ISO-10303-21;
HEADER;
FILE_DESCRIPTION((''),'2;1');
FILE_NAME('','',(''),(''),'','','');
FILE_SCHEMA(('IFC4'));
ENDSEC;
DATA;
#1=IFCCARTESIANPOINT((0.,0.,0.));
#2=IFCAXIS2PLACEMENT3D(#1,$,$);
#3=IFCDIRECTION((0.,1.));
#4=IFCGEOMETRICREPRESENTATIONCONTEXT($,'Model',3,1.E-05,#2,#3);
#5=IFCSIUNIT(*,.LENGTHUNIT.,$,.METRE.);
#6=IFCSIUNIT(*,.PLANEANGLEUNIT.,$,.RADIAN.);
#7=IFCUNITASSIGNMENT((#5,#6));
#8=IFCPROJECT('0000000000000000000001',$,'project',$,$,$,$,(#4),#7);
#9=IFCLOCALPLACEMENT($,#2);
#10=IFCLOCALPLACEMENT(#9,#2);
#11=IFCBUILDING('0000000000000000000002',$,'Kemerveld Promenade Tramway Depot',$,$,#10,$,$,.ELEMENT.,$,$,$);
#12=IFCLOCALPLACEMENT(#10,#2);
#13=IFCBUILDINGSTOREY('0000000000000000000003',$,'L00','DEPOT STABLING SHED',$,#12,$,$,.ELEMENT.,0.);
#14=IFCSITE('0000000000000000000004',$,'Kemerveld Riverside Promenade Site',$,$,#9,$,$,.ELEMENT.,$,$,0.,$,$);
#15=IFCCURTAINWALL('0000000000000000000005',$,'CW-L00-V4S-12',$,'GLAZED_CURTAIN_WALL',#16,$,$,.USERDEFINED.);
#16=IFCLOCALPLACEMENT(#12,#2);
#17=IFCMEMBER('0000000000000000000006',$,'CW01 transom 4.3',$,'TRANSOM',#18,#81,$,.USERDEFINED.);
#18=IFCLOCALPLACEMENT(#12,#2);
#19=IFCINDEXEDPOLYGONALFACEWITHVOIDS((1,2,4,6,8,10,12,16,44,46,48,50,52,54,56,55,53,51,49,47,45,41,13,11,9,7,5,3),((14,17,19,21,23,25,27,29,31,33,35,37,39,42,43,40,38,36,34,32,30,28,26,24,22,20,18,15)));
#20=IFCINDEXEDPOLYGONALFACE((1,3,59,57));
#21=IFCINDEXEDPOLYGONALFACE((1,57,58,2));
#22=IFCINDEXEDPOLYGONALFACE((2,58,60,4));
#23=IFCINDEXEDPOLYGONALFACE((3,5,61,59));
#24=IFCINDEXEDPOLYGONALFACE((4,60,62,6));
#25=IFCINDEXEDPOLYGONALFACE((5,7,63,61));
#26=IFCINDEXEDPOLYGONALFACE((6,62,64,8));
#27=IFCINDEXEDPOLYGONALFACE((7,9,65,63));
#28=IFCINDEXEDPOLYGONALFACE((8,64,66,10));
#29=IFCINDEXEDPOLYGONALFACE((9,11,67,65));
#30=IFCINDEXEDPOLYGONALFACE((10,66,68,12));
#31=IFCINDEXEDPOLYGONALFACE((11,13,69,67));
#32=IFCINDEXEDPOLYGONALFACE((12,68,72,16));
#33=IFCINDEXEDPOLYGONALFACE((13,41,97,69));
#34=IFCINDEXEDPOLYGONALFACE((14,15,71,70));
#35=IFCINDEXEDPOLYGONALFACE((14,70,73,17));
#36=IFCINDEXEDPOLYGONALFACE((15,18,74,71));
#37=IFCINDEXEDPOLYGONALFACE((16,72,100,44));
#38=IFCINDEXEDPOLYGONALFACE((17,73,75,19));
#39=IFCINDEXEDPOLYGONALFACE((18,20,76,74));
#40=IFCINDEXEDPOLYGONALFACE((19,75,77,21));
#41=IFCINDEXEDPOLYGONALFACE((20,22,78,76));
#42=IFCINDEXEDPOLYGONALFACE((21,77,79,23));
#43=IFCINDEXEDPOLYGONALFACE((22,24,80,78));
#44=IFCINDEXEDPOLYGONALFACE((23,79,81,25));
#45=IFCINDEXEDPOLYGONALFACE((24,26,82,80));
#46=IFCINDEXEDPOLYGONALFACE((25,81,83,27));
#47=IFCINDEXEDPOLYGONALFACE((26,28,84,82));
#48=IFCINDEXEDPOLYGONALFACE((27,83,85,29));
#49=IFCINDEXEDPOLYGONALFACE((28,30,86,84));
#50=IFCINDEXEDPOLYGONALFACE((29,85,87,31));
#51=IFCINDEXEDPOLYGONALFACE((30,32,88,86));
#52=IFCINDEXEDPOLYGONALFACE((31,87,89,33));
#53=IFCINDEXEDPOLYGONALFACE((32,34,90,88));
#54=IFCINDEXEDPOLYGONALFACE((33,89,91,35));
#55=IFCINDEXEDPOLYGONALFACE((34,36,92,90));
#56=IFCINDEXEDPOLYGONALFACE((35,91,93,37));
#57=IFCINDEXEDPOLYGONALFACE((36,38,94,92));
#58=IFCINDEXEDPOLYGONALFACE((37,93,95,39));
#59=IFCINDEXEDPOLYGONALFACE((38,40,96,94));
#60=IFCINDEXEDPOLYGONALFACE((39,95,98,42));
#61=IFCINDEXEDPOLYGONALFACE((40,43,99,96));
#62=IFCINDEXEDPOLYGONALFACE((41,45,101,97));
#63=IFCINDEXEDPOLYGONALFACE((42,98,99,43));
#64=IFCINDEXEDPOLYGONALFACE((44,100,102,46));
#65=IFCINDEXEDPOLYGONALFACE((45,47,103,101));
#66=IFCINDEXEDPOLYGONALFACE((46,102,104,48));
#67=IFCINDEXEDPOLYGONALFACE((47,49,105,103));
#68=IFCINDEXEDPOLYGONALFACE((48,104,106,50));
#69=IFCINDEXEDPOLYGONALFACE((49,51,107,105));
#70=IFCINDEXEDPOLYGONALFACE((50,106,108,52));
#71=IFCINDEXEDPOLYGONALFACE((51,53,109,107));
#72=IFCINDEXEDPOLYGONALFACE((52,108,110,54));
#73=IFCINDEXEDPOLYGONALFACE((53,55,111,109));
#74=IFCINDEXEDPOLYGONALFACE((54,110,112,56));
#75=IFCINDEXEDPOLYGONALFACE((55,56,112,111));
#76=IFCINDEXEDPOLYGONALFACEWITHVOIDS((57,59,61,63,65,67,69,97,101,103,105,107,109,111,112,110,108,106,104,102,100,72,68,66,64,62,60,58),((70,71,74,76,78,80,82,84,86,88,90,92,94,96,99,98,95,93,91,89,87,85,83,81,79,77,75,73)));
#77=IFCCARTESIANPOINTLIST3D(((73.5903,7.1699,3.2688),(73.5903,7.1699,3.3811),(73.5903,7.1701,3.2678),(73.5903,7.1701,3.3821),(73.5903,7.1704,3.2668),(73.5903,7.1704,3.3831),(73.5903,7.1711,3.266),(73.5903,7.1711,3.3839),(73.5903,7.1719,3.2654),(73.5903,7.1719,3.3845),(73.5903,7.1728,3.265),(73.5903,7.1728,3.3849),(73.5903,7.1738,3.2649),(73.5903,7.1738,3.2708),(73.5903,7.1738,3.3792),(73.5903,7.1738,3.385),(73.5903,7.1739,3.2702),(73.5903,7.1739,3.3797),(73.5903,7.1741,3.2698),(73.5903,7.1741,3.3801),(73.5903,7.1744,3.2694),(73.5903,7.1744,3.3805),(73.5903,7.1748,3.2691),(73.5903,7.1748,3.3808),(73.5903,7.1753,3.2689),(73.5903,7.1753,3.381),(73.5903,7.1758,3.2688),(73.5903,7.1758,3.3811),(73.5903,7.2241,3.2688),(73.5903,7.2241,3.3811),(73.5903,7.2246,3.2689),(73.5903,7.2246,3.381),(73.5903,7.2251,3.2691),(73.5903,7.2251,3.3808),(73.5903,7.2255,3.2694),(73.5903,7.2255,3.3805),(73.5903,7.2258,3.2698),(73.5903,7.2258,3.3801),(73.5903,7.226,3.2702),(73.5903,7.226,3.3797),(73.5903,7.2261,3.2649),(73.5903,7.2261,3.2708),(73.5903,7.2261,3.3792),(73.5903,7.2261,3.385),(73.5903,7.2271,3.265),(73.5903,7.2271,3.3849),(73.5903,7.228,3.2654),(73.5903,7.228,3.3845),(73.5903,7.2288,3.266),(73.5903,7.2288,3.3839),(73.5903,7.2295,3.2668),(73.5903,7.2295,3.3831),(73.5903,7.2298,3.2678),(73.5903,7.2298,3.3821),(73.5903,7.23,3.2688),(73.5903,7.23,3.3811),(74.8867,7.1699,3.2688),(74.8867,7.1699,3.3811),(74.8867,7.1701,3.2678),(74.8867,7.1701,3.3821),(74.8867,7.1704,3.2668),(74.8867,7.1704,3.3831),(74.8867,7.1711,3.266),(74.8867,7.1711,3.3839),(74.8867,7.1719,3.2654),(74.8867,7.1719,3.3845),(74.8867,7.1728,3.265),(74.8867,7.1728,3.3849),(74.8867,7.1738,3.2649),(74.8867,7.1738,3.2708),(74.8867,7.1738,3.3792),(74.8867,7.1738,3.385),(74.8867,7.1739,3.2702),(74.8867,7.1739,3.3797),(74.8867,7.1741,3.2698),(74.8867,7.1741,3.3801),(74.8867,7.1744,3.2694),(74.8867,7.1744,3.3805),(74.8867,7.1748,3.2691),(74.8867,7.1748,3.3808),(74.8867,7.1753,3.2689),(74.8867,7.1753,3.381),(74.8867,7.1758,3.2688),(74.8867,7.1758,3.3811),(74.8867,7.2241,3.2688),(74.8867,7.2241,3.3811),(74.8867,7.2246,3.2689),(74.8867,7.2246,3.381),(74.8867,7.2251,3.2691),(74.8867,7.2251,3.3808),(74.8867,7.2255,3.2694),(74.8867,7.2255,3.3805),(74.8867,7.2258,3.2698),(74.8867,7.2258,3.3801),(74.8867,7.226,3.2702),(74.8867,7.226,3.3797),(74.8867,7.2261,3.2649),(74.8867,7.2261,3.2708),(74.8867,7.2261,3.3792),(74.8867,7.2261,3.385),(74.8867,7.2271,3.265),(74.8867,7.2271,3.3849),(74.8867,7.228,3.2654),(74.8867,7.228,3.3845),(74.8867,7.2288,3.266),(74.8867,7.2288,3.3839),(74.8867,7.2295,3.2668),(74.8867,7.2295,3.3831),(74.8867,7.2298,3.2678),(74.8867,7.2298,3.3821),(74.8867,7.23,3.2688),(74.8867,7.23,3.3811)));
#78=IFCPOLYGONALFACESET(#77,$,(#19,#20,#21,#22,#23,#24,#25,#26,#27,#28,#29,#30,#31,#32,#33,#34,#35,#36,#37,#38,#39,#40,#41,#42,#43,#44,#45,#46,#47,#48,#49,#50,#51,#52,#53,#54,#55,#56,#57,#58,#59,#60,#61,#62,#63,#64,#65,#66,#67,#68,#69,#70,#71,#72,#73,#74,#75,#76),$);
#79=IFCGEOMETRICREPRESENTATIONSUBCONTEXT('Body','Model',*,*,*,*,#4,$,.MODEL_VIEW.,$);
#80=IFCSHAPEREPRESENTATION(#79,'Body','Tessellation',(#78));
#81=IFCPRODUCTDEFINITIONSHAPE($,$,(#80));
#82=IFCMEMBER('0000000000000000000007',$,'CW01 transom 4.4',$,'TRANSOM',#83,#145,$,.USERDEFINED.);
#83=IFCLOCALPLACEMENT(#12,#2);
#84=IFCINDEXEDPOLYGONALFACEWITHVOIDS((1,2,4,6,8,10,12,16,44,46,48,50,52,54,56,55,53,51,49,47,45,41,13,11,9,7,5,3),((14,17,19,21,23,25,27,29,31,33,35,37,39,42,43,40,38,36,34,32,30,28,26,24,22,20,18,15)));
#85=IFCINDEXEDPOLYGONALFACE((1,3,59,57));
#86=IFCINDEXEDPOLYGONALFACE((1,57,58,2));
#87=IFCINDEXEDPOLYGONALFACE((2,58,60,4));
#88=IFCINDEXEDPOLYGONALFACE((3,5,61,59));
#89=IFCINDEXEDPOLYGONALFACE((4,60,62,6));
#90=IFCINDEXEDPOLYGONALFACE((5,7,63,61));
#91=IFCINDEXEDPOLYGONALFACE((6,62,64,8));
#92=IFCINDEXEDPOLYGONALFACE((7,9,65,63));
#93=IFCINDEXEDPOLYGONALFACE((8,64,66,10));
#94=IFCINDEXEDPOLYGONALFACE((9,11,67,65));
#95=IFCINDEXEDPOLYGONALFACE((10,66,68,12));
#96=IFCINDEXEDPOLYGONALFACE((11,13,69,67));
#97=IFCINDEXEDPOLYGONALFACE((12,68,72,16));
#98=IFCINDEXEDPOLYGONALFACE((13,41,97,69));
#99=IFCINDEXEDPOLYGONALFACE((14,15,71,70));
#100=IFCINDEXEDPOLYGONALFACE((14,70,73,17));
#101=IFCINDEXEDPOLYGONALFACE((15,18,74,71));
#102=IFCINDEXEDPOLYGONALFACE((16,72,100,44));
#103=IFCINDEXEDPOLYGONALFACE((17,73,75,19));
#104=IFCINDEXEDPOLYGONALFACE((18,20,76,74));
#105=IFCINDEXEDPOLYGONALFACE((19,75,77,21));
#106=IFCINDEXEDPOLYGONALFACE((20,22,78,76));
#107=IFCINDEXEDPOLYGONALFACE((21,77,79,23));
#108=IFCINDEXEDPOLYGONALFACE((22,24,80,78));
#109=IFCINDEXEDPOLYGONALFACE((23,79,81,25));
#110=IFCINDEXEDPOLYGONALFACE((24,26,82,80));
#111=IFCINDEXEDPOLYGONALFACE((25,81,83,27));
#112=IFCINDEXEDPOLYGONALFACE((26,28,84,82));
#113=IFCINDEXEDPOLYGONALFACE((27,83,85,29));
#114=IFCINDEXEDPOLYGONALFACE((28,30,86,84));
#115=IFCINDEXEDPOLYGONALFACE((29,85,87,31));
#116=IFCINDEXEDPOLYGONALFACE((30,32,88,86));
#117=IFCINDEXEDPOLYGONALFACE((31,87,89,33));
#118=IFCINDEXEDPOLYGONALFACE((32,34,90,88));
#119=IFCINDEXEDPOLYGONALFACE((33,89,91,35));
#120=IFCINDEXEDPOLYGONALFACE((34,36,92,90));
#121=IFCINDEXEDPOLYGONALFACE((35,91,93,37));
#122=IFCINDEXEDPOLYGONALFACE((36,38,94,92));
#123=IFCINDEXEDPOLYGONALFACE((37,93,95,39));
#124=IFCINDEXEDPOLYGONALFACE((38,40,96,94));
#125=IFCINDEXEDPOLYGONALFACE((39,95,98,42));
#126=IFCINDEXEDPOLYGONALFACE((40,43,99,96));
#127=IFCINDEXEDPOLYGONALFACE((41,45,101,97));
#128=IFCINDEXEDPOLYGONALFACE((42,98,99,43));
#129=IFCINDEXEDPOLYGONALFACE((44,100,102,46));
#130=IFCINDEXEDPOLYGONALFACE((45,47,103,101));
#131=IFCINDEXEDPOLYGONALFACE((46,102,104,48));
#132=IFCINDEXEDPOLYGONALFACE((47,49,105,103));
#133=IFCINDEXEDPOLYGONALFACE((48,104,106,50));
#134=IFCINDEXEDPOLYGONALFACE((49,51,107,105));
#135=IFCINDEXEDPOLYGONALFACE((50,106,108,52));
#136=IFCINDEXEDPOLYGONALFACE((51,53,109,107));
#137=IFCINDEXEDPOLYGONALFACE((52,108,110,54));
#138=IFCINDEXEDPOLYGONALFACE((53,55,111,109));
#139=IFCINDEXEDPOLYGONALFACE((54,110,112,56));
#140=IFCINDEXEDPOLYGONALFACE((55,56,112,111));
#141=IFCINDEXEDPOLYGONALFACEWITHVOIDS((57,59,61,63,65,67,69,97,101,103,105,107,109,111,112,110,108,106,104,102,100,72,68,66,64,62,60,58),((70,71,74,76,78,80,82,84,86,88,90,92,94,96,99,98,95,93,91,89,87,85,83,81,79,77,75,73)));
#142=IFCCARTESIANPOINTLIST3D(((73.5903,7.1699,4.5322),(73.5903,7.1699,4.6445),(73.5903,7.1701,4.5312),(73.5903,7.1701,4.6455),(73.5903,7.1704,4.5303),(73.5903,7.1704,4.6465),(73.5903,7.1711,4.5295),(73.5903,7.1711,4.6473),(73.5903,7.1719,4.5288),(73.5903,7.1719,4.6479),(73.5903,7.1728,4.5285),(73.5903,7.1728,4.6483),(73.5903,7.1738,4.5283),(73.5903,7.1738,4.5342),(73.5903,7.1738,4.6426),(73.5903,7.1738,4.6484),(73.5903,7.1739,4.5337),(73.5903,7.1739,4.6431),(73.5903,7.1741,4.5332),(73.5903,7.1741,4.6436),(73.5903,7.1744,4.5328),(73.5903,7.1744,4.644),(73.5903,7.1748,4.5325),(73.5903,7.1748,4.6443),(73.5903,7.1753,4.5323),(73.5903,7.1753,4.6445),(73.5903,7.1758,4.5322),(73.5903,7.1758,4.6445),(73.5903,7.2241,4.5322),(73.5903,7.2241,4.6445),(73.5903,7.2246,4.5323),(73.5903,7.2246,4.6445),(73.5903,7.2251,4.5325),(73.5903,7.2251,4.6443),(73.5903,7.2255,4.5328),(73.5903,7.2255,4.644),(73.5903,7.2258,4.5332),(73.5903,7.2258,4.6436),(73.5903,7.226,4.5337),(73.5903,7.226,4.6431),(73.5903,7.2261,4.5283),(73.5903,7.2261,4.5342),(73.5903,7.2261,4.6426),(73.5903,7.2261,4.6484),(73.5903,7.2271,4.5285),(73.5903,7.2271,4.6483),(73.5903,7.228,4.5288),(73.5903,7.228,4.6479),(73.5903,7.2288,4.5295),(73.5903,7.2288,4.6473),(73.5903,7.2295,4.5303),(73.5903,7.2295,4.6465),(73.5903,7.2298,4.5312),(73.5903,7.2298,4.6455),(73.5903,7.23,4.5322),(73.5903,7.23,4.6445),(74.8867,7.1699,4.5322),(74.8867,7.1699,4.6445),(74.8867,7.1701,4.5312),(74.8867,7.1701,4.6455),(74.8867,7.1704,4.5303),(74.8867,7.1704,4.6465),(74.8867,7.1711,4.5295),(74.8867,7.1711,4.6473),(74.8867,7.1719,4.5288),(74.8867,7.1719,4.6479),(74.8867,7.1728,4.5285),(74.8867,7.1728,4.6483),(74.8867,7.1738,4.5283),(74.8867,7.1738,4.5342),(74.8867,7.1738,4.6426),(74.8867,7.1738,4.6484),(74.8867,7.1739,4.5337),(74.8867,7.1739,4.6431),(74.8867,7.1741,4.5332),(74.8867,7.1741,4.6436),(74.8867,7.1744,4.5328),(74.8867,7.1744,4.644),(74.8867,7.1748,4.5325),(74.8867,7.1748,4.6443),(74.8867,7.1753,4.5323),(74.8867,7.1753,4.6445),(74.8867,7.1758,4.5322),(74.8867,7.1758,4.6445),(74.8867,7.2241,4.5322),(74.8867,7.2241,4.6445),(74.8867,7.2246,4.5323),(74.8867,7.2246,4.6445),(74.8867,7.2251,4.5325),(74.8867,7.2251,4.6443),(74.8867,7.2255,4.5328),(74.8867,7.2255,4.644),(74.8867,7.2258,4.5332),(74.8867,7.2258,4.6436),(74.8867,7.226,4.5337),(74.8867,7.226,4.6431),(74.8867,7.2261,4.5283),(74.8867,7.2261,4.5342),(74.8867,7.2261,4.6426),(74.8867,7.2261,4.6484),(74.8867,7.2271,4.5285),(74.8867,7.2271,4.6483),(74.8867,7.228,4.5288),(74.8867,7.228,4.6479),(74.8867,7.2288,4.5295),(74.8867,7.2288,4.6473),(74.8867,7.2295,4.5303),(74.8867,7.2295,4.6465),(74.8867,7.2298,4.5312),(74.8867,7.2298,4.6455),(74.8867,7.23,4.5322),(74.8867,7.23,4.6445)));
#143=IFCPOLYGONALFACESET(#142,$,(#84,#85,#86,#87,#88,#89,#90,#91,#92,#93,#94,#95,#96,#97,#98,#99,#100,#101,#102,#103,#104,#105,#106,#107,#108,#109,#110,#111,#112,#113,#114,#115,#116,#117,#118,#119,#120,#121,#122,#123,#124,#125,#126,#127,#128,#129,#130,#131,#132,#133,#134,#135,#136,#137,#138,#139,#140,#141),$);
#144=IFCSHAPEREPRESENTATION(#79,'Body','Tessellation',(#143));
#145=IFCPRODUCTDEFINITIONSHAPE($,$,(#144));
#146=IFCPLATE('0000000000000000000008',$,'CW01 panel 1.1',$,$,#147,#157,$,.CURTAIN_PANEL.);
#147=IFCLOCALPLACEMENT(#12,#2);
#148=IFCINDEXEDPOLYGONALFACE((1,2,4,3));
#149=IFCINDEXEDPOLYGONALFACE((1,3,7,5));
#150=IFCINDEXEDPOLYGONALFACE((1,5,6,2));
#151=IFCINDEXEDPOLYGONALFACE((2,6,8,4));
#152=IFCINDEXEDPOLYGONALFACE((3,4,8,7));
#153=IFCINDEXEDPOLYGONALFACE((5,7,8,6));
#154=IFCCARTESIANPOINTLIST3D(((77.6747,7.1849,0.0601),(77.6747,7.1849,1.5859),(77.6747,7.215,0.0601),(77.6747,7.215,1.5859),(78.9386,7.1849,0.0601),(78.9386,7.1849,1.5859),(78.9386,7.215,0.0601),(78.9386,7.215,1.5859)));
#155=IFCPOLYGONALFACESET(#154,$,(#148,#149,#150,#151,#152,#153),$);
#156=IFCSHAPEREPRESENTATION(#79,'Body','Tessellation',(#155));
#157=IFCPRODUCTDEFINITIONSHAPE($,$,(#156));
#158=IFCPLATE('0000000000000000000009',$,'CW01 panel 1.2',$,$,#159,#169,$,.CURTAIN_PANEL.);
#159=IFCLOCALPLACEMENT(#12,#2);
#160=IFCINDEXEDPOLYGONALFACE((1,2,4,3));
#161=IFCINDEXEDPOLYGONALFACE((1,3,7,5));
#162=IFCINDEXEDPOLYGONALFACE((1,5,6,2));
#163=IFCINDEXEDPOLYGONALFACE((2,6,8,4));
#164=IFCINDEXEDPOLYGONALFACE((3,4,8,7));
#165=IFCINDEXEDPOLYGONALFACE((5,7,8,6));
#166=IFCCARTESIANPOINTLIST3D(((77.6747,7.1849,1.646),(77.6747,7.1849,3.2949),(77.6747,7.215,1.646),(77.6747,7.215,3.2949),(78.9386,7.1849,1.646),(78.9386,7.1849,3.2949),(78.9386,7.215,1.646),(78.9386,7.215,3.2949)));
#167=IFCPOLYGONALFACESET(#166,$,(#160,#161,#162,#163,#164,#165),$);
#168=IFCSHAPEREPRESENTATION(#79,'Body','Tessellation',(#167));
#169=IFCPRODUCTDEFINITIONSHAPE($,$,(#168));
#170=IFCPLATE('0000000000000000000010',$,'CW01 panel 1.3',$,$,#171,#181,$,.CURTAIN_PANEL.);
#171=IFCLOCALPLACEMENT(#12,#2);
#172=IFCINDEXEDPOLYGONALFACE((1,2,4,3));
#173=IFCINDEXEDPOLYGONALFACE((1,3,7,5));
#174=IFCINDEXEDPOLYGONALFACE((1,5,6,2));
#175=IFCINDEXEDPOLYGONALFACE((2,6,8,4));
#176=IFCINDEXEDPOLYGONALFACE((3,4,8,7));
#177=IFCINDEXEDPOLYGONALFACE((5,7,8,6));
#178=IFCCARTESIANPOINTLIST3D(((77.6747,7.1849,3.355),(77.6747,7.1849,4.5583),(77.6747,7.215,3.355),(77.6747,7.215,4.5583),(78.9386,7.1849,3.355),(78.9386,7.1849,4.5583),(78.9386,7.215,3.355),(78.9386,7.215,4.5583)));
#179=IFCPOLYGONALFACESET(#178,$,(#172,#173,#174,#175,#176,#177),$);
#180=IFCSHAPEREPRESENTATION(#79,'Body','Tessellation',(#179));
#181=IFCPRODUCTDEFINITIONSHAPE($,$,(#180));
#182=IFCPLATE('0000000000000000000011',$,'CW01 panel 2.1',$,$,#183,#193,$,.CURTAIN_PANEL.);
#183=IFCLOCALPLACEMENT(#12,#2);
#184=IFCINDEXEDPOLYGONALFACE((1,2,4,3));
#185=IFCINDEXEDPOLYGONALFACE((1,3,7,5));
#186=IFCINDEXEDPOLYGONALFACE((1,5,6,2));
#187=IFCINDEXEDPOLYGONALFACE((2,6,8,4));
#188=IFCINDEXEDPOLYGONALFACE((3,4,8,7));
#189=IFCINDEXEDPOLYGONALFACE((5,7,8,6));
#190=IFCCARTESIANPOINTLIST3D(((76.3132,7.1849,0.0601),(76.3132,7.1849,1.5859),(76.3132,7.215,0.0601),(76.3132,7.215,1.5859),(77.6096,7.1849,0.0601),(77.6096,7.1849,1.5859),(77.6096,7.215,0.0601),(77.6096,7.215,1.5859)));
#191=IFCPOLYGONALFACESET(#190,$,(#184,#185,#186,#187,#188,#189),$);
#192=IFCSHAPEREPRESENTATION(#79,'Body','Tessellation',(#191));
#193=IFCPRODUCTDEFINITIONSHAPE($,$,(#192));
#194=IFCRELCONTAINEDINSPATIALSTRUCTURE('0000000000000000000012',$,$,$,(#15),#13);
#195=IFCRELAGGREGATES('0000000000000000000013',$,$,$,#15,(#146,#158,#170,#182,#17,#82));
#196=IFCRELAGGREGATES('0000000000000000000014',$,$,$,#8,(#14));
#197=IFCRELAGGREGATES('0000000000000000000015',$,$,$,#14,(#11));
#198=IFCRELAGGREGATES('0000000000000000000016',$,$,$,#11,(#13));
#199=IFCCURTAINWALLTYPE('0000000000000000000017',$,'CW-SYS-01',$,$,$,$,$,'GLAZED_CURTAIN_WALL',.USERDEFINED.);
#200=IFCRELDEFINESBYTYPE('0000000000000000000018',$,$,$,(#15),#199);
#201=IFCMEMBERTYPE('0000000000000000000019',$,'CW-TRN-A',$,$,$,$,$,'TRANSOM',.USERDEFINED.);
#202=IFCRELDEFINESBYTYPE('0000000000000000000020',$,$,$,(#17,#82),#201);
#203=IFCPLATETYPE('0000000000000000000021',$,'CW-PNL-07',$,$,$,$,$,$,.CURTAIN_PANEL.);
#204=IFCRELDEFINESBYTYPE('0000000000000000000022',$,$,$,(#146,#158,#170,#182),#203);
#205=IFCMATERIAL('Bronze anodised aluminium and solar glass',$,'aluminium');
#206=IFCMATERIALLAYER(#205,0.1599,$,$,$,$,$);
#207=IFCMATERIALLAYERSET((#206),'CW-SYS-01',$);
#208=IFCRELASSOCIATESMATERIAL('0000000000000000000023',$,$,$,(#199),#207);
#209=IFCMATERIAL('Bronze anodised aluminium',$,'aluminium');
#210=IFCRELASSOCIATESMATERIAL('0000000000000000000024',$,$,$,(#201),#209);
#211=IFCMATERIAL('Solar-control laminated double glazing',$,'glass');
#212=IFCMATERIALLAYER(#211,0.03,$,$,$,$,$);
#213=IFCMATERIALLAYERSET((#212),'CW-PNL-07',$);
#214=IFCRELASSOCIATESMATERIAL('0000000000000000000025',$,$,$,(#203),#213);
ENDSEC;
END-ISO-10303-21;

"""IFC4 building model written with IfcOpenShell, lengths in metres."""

from ifc_helpers import new_model, si_unit, direction, frame, origin, origin_2d, place, context, subcontext, project, spatial, rectangle, hollow_rectangle, extrude, material, layer, layer_set, material_profile, profile_set, type_object, element, aggregate, save


model = new_model("IFC4")

# Units and contexts
model_context = context("Model", 3, precision=1e-05, world=origin(), true_north=direction((0.0, 1.0)))
body_context = subcontext(model_context, "Body", "Model", "MODEL_VIEW")
ifc_project = project(units=[si_unit("LENGTHUNIT", "METRE"), si_unit("PLANEANGLEUNIT", "RADIAN")], contexts=[model_context])

# Site, building, storey
site_placement = place(None, origin())
site = spatial("IfcSite", under=ifc_project, at=site_placement, Name="Kemerveld Riverside Promenade Site", CompositionType="ELEMENT", RefElevation=0.0)
building_placement = place(site_placement, origin())
building = spatial("IfcBuilding", under=site, at=building_placement, Name="Kemerveld Promenade Tramway Depot", CompositionType="ELEMENT")
storey_placement = place(building_placement, origin())
storey = spatial("IfcBuildingStorey", under=building, at=storey_placement, Name="L00", Description="DEPOT STABLING SHED", CompositionType="ELEMENT", Elevation=0.0)

# Curtain wall, members, plates
ifc_material_1 = material(Name="Bronze anodised aluminium and solar glass", Category="aluminium")
ifc_layer_1 = layer(ifc_material_1, 0.1599)
ifc_layer_set_1 = layer_set([ifc_layer_1], Name="CW-SYS-01")
curtain_wall_type = type_object("IfcCurtainWallType", Name="CW-SYS-01", ElementType="GLAZED_CURTAIN_WALL", PredefinedType="USERDEFINED", material=ifc_layer_set_1)
curtain_wall_placement = place(storey_placement, origin())
curtain_wall = element("IfcCurtainWall", 1, at=curtain_wall_placement, inside=storey, type_object=curtain_wall_type, Name="CW-L00-V4S-12", ObjectType="GLAZED_CURTAIN_WALL", PredefinedType="USERDEFINED")
ifc_material_2 = material(Name="Bronze anodised aluminium", Category="aluminium")
ifc_material_profile_1 = material_profile(ifc_material_2, hollow_rectangle(XDim=0.0601, YDim=0.1201, WallThickness=0.0039, InnerFilletRadius=0.002, OuterFilletRadius=0.0039, at=origin_2d()), Name="CW-TRN-120x60")
ifc_profile_set_1 = profile_set([ifc_material_profile_1], Name="Bronze anodised aluminium")
member_type_1 = type_object("IfcMemberType", Name="CW-TRN-A", ElementType="TRANSOM", PredefinedType="USERDEFINED", material=ifc_profile_set_1)
member_1_placement = place(storey_placement, frame((74.8867, 7.2, 3.325), z_axis=(-1.0, 0.0, 0.0), x_axis=(0.0, -1.0, 0.0)))
member_1 = element("IfcMember", 2, at=member_1_placement, type_object=member_type_1, Name="CW01 transom 4.3", ObjectType="TRANSOM", PredefinedType="USERDEFINED", context=body_context, shape_type="SweptSolid", body=[
    extrude(hollow_rectangle(XDim=0.0601, YDim=0.1201, WallThickness=0.0039, InnerFilletRadius=0.002, OuterFilletRadius=0.0039, at=origin_2d()), origin(), (0.0, 0.0, 1.0), 1.2964),
])
member_2_placement = place(storey_placement, frame((74.8867, 7.2, 4.5884), z_axis=(-1.0, 0.0, 0.0), x_axis=(0.0, -1.0, 0.0)))
member_2 = element("IfcMember", 3, at=member_2_placement, type_object=member_type_1, Name="CW01 transom 4.4", ObjectType="TRANSOM", PredefinedType="USERDEFINED", context=body_context, shape_type="SweptSolid", body=[
    extrude(hollow_rectangle(XDim=0.0601, YDim=0.1201, WallThickness=0.0039, InnerFilletRadius=0.002, OuterFilletRadius=0.0039, at=origin_2d()), origin(), (0.0, 0.0, 1.0), 1.2964),
])
ifc_material_3 = material(Name="Solar-control laminated double glazing", Category="glass")
ifc_layer_2 = layer(ifc_material_3, 0.03)
ifc_layer_set_2 = layer_set([ifc_layer_2], Name="CW-PNL-07")
plate_type = type_object("IfcPlateType", Name="CW-PNL-07", PredefinedType="CURTAIN_PANEL", material=ifc_layer_set_2)
plate_1_placement = place(storey_placement, frame((78.3066, 7.2, 0.0601), z_axis=(0.0, 0.0, 1.0), x_axis=(-1.0, 0.0, 0.0)))
plate_1 = element("IfcPlate", 4, at=plate_1_placement, type_object=plate_type, Name="CW01 panel 1.1", PredefinedType="CURTAIN_PANEL", context=body_context, shape_type="SweptSolid", body=[
    extrude(rectangle(XDim=1.2639, YDim=0.03, at=origin_2d()), origin(), (0.0, 0.0, 1.0), 1.5259),
])
plate_2_placement = place(storey_placement, frame((78.3066, 7.2, 1.646), z_axis=(0.0, 0.0, 1.0), x_axis=(-1.0, 0.0, 0.0)))
plate_2 = element("IfcPlate", 5, at=plate_2_placement, type_object=plate_type, Name="CW01 panel 1.2", PredefinedType="CURTAIN_PANEL", context=body_context, shape_type="SweptSolid", body=[
    extrude(rectangle(XDim=1.2639, YDim=0.03, at=origin_2d()), origin(), (0.0, 0.0, 1.0), 1.6489),
])
plate_3_placement = place(storey_placement, frame((78.3066, 7.2, 3.355), z_axis=(0.0, 0.0, 1.0), x_axis=(-1.0, 0.0, 0.0)))
plate_3 = element("IfcPlate", 6, at=plate_3_placement, type_object=plate_type, Name="CW01 panel 1.3", PredefinedType="CURTAIN_PANEL", context=body_context, shape_type="SweptSolid", body=[
    extrude(rectangle(XDim=1.2639, YDim=0.03, at=origin_2d()), origin(), (0.0, 0.0, 1.0), 1.2034),
])
plate_4_placement = place(storey_placement, frame((76.9614, 7.2, 0.0601), z_axis=(0.0, 0.0, 1.0), x_axis=(-1.0, 0.0, 0.0)))
plate_4 = element("IfcPlate", 7, at=plate_4_placement, type_object=plate_type, Name="CW01 panel 2.1", PredefinedType="CURTAIN_PANEL", context=body_context, shape_type="SweptSolid", body=[
    extrude(rectangle(XDim=1.2964, YDim=0.03, at=origin_2d()), origin(), (0.0, 0.0, 1.0), 1.5259),
])
aggregate(curtain_wall, [plate_1, plate_2, plate_3, plate_4, member_1, member_2])

save(model, "model.ifc")
